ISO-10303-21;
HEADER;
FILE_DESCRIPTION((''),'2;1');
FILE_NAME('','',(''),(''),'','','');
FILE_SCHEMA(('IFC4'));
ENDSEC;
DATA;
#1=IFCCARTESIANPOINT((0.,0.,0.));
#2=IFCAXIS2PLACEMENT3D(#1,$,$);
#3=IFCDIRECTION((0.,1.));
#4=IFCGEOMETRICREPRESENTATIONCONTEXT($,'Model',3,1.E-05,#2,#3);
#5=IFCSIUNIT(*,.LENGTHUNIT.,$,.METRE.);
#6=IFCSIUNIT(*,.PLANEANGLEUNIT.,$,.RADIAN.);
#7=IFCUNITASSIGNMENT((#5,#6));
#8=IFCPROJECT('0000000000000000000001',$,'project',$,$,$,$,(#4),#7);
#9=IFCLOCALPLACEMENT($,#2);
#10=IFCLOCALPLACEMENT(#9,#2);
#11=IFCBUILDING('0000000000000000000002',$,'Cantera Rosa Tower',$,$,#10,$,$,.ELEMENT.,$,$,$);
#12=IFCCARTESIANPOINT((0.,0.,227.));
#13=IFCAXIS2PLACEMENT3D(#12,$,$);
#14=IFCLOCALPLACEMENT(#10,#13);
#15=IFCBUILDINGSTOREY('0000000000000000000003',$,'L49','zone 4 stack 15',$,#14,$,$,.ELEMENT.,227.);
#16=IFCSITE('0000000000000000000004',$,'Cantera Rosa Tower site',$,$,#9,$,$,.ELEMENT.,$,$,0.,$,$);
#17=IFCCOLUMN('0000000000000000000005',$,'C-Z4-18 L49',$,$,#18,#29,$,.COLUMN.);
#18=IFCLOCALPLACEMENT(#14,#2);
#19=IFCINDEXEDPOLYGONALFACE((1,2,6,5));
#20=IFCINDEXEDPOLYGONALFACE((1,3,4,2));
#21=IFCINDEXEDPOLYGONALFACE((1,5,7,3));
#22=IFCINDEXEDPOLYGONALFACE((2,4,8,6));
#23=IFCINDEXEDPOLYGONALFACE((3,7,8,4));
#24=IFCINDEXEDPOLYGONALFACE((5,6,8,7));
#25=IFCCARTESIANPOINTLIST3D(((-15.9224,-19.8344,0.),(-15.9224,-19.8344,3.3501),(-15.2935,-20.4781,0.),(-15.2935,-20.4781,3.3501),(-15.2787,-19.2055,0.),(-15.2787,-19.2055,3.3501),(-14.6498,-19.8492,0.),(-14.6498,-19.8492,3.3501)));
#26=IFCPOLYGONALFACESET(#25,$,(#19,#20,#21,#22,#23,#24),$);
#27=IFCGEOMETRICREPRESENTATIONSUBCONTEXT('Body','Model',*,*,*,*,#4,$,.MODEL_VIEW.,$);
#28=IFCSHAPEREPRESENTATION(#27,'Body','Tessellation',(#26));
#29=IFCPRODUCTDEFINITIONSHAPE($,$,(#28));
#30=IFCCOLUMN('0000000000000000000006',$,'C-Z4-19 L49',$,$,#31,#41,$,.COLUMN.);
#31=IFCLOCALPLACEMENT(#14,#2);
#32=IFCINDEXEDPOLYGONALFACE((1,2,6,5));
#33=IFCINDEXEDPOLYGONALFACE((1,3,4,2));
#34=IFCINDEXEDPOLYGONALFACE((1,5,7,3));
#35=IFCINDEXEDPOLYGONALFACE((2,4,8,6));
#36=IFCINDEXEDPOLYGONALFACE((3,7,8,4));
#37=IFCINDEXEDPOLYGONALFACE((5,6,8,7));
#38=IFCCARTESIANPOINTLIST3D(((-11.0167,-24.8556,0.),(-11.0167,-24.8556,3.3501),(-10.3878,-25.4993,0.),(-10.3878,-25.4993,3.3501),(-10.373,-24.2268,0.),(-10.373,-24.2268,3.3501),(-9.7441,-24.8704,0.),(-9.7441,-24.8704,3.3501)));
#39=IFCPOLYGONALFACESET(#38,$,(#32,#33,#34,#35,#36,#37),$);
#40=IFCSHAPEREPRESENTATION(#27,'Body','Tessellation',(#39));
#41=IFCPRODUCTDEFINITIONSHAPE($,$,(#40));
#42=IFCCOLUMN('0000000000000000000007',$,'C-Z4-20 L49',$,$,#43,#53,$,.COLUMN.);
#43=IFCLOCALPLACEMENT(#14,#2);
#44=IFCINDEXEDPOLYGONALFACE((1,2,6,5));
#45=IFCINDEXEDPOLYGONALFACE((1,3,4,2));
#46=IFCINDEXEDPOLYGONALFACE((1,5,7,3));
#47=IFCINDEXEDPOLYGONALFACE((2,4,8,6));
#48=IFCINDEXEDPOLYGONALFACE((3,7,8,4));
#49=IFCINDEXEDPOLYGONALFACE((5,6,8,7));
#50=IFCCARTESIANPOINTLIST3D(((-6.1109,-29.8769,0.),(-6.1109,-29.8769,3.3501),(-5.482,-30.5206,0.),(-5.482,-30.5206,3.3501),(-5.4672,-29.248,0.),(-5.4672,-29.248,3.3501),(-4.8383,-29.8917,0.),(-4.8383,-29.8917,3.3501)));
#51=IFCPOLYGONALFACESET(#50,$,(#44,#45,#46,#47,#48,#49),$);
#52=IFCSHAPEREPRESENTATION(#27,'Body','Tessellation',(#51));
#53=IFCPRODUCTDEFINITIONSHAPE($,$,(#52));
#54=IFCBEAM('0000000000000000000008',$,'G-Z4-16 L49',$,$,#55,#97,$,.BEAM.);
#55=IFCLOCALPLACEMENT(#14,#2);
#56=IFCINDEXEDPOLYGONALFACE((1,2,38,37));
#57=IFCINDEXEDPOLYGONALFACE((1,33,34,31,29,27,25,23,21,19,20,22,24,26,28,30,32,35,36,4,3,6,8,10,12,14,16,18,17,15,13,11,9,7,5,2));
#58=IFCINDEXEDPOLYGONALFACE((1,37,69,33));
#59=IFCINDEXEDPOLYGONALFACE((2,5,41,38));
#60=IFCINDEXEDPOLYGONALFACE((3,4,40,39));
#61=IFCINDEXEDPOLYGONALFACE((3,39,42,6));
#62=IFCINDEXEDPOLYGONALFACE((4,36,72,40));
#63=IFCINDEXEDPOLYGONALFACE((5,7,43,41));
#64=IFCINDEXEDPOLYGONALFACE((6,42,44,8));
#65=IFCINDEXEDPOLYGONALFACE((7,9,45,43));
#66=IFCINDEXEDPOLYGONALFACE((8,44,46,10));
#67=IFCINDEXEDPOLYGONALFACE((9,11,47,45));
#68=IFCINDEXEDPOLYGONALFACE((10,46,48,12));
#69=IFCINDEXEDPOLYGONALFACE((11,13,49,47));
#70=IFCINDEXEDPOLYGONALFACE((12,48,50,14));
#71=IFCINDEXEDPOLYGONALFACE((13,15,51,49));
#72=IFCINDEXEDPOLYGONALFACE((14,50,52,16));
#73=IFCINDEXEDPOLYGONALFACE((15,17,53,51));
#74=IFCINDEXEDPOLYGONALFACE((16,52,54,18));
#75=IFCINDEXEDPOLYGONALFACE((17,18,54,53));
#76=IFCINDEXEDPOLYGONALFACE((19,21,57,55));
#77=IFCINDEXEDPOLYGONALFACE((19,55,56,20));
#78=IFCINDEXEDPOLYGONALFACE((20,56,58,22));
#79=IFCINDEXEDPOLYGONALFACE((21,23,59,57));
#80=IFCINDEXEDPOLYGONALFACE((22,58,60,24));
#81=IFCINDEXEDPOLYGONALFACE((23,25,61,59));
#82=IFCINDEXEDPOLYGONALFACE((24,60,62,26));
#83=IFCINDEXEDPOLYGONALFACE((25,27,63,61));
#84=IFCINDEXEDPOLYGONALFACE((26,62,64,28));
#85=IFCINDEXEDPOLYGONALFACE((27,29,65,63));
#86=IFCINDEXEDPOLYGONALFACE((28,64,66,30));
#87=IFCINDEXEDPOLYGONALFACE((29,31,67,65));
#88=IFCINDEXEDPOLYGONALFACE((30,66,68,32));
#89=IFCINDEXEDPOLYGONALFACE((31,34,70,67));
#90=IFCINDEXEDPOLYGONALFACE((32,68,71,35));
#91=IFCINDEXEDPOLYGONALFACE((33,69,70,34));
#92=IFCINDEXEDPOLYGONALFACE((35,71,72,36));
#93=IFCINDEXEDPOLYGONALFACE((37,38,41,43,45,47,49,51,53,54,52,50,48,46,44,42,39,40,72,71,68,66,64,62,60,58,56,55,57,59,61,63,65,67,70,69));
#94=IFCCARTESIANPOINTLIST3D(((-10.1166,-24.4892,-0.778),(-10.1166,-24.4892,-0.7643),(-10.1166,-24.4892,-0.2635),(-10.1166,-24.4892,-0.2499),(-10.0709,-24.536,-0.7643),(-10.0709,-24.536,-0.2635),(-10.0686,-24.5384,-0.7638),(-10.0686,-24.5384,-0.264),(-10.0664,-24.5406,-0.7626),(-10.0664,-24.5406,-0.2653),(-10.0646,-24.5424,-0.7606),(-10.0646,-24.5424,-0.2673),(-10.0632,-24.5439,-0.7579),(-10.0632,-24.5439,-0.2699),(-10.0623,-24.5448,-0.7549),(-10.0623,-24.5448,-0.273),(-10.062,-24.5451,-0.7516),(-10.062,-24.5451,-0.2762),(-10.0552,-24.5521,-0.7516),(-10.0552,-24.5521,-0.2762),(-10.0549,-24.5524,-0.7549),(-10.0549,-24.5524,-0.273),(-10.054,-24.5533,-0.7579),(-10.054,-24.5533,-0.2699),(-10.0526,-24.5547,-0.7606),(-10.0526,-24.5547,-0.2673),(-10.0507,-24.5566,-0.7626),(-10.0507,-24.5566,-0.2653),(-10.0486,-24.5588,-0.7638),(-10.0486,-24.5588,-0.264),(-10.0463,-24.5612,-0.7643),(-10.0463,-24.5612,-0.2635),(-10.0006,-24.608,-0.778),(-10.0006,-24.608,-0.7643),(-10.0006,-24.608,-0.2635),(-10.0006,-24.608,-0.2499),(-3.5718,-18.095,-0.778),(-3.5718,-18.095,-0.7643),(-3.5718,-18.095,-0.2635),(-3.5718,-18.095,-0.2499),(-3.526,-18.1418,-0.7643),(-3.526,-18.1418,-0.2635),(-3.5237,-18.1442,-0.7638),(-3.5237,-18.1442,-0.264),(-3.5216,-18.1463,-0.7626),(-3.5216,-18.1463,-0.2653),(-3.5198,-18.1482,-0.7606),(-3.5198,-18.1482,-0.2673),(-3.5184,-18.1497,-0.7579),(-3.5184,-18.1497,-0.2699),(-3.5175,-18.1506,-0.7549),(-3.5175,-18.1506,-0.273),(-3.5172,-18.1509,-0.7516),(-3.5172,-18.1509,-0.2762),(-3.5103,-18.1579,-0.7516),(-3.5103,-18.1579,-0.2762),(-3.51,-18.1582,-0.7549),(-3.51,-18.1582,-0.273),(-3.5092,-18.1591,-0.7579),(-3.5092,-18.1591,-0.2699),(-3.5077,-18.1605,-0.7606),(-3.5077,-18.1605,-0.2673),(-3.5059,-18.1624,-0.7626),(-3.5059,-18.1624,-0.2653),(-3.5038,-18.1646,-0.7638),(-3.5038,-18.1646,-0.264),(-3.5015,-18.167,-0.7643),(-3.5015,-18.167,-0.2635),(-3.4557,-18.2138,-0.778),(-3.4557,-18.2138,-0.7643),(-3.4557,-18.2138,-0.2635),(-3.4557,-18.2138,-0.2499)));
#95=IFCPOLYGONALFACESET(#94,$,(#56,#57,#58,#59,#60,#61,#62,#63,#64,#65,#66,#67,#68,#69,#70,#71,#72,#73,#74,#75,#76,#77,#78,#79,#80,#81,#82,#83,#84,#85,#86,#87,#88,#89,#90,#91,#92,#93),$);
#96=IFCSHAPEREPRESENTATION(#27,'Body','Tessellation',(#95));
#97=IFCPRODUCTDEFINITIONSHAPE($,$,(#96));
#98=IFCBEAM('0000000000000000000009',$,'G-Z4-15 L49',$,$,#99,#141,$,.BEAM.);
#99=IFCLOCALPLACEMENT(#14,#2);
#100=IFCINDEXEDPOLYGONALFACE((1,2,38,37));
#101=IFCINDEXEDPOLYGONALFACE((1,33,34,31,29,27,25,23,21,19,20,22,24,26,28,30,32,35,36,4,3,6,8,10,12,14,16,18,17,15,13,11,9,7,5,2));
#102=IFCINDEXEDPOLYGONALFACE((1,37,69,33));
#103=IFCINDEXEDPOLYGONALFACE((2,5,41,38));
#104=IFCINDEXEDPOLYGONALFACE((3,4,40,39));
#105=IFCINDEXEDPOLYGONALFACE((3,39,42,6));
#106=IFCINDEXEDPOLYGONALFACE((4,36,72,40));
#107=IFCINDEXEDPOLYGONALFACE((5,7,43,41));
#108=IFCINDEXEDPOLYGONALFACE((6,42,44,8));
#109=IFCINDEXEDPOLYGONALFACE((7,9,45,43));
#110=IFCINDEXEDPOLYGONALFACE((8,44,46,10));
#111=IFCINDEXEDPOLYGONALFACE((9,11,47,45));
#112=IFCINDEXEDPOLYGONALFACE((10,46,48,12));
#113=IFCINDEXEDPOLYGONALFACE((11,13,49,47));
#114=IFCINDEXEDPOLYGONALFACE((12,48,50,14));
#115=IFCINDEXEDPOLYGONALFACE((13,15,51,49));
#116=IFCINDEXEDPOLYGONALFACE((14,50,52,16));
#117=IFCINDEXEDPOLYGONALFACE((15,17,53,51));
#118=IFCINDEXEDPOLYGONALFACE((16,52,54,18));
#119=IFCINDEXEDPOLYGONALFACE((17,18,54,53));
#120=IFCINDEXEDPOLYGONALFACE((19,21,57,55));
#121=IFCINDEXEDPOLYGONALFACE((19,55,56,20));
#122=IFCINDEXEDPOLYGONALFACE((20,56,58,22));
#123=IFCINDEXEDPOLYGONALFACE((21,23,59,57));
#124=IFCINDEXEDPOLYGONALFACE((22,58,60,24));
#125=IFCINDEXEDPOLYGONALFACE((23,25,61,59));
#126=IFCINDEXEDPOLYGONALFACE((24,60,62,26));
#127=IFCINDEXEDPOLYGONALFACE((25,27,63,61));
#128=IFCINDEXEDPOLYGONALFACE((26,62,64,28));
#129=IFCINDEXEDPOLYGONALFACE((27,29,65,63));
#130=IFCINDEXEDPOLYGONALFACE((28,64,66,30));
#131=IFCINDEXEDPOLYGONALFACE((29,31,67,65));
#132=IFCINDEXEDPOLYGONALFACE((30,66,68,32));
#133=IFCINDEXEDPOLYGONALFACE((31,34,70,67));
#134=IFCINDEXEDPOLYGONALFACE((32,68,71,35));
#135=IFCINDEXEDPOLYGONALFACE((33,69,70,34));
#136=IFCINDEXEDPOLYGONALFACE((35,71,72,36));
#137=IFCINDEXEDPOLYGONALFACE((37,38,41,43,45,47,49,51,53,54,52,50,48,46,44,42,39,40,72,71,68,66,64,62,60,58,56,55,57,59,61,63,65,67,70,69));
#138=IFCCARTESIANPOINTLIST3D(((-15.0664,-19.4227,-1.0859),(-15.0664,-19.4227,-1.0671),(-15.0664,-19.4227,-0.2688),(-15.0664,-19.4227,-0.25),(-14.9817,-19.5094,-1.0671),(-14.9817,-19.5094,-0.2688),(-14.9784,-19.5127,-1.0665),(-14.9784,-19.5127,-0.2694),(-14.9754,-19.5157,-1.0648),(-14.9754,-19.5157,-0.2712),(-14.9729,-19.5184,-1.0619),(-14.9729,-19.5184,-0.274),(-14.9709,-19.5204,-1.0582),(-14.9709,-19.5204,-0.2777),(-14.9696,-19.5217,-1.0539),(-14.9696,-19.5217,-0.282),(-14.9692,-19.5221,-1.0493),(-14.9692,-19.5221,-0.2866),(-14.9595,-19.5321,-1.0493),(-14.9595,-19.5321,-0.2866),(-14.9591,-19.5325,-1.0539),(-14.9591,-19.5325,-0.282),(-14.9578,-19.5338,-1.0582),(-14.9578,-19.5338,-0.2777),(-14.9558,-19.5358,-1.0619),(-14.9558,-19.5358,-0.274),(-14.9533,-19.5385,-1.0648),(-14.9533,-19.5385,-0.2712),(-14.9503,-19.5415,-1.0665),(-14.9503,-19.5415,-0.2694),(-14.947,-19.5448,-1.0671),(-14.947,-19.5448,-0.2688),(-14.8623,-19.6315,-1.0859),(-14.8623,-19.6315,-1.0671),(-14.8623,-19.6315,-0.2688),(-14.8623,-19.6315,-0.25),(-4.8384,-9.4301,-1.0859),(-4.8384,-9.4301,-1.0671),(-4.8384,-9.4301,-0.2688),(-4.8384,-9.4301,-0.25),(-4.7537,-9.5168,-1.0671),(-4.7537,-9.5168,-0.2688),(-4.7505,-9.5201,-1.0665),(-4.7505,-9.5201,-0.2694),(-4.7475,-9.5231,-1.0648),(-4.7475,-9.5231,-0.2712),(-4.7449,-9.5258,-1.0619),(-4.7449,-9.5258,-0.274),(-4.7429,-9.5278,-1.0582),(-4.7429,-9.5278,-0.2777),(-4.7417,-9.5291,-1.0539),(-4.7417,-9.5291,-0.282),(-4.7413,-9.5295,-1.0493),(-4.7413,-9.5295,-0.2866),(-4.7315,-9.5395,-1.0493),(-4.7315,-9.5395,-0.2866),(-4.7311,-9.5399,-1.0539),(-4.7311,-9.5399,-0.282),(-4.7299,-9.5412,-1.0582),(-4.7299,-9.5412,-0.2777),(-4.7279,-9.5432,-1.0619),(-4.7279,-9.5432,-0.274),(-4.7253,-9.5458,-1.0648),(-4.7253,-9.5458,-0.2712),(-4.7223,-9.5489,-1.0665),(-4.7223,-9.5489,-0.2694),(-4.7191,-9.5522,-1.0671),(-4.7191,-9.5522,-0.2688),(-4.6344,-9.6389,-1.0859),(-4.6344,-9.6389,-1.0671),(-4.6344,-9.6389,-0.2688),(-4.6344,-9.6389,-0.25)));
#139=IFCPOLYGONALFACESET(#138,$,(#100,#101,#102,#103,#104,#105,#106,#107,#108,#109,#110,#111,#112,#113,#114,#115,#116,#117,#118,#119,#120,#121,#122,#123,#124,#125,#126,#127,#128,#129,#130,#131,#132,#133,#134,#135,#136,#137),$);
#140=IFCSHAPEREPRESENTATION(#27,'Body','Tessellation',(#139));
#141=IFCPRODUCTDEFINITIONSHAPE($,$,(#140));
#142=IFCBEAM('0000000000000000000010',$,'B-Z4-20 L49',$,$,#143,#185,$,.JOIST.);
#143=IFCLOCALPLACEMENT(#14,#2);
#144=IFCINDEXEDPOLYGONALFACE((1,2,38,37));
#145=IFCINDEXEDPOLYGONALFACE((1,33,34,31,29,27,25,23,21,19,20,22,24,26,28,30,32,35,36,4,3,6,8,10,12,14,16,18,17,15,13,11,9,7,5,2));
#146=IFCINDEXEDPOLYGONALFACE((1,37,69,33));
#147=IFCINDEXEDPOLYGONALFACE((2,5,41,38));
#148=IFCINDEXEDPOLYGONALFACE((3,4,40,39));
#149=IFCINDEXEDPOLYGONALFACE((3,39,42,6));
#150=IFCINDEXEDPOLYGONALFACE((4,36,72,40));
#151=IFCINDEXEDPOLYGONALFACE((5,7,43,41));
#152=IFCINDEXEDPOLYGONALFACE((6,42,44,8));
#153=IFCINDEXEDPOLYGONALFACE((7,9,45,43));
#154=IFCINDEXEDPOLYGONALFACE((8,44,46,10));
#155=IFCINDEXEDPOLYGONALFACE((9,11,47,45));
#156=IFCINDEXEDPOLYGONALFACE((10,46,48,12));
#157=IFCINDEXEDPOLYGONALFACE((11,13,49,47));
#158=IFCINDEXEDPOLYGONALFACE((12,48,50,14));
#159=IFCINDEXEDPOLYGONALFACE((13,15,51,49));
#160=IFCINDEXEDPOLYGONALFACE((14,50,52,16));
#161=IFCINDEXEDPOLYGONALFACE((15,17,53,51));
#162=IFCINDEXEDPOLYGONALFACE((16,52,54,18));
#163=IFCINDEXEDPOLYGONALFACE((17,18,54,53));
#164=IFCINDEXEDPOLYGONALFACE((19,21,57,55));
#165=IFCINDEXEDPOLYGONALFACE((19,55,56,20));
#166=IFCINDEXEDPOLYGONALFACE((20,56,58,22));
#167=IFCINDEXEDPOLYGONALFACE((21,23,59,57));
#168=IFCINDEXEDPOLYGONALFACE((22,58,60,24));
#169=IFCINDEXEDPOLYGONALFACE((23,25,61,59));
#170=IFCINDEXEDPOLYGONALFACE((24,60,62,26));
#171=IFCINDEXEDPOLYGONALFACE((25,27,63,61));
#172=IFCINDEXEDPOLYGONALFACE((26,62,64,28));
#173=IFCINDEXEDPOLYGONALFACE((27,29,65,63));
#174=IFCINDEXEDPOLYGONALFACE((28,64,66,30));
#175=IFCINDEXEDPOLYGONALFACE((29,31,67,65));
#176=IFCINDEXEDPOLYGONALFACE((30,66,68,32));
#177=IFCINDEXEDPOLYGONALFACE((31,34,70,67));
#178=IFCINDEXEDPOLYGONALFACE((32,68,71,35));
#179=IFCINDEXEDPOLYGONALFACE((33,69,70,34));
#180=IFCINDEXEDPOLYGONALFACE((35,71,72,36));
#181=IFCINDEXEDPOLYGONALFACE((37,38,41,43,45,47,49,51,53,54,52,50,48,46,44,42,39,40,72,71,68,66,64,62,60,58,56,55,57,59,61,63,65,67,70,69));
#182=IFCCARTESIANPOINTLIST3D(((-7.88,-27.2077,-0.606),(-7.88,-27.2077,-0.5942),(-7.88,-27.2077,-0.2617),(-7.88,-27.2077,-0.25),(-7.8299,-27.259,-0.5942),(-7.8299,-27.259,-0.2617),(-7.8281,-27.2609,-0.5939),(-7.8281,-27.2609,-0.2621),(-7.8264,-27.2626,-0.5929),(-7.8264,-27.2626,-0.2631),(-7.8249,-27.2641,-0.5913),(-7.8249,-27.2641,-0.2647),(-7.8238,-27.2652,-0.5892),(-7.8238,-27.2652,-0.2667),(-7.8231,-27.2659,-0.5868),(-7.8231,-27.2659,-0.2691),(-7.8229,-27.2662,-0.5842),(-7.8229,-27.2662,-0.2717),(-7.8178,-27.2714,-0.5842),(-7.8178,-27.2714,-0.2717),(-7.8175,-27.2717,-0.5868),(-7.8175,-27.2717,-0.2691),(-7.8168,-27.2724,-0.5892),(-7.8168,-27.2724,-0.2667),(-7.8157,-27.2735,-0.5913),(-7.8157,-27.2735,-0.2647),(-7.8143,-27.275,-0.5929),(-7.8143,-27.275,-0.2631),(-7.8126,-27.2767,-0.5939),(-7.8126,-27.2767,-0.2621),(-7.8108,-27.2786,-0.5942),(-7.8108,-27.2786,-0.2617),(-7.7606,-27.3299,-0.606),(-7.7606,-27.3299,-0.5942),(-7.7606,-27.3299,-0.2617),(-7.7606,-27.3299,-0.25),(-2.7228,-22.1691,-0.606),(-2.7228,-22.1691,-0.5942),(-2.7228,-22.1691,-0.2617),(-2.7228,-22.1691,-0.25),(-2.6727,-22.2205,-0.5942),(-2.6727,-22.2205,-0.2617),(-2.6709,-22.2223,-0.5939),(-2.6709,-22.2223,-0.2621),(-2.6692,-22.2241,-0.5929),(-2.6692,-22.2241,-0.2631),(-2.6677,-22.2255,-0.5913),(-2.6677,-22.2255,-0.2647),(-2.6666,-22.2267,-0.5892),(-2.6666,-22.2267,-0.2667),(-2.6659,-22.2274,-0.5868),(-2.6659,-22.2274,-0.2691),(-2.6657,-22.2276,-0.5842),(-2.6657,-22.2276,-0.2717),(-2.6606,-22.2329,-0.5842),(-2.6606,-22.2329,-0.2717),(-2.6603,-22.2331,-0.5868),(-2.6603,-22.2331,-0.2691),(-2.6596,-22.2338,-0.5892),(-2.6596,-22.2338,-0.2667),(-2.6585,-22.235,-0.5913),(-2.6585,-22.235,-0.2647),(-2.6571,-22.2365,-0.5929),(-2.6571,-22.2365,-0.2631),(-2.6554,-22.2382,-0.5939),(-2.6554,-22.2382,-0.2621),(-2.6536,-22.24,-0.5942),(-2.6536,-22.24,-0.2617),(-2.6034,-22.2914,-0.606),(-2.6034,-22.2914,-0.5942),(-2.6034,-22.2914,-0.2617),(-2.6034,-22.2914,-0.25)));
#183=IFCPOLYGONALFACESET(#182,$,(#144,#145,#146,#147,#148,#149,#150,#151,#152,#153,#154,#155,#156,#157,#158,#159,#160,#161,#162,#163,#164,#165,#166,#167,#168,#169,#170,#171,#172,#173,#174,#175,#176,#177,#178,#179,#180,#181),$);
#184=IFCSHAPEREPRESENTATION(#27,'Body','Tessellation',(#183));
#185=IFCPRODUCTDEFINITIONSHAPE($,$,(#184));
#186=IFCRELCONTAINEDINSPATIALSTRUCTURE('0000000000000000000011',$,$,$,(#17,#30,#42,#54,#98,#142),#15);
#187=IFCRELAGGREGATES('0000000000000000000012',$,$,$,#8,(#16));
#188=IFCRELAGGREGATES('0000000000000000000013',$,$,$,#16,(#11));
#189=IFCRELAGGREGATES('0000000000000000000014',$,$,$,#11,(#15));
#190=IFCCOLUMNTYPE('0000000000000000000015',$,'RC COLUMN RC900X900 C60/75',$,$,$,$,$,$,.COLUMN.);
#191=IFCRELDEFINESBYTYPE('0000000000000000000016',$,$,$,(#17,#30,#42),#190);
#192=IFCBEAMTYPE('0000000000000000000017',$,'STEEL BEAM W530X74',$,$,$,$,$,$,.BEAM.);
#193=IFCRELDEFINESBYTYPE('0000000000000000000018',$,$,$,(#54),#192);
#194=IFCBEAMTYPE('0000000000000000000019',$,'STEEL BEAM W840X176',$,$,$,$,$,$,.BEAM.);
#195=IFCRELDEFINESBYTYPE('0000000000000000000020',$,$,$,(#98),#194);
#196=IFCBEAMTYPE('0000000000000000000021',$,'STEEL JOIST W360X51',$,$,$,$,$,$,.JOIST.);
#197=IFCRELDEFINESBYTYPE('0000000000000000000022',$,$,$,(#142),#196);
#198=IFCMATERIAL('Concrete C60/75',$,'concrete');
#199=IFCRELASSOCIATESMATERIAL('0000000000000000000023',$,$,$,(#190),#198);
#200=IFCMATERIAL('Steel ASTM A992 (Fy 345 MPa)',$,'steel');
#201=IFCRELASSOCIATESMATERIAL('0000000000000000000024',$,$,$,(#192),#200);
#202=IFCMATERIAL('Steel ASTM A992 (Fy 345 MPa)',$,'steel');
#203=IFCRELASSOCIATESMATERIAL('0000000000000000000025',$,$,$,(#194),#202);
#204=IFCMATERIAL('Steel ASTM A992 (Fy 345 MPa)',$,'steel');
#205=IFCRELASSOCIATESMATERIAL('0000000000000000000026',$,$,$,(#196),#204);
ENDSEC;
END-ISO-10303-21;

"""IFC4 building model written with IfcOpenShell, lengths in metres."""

from ifc_helpers import new_model, si_unit, direction, frame, origin, origin_2d, place, context, subcontext, project, spatial, rectangle, i_section, extrude, material, material_profile, profile_set, type_object, element, save


model = new_model("IFC4")

# Units and contexts
model_context = context("Model", 3, precision=1e-05, world=origin(), true_north=direction((0.0, 1.0)))
body_context = subcontext(model_context, "Body", "Model", "MODEL_VIEW")
ifc_project = project(units=[si_unit("LENGTHUNIT", "METRE"), si_unit("PLANEANGLEUNIT", "RADIAN")], contexts=[model_context])

# Site, building, storey
site_placement = place(None, origin())
site = spatial("IfcSite", under=ifc_project, at=site_placement, Name="Cantera Rosa Tower site", CompositionType="ELEMENT", RefElevation=0.0)
building_placement = place(site_placement, origin())
building = spatial("IfcBuilding", under=site, at=building_placement, Name="Cantera Rosa Tower", CompositionType="ELEMENT")
storey_placement = place(building_placement, frame((0.0, 0.0, 227.0)))
storey = spatial("IfcBuildingStorey", under=building, at=storey_placement, Name="L49", Description="zone 4 stack 15", CompositionType="ELEMENT", Elevation=227.0)

# Columns
ifc_material_1 = material(Name="Concrete C60/75", Category="concrete")
ifc_material_profile_1 = material_profile(ifc_material_1, rectangle(XDim=0.8999, YDim=0.8999, at=origin_2d()), Name="RC COLUMN RC900X900 C60/75")
ifc_profile_set_1 = profile_set([ifc_material_profile_1], Name="Concrete C60/75")
column_type = type_object("IfcColumnType", Name="RC COLUMN RC900X900 C60/75", PredefinedType="COLUMN", material=ifc_profile_set_1)
for number, where, z_axis, x_axis, name in (
    (1, (-15.2861, -19.8418, 0.0), (0.0, 0.0, 1.0), (0.715286, 0.698832, 0.0), "C-Z4-18 L49"),
    (2, (-10.3804, -24.863, 0.0), (0.0, 0.0, 1.0), (0.715286, 0.698832, 0.0), "C-Z4-19 L49"),
    (3, (-5.4746, -29.8843, 0.0), (0.0, 0.0, 1.0), (0.715286, 0.698832, 0.0), "C-Z4-20 L49"),
):
    element("IfcColumn", number, at=place(storey_placement, frame(where, z_axis=z_axis, x_axis=x_axis)), inside=storey, type_object=column_type, Name=name, PredefinedType="COLUMN", context=body_context, shape_type="SweptSolid", body=[
        extrude(rectangle(XDim=0.8999, YDim=0.8999, at=origin_2d()), origin(), (0.0, 0.0, 1.0), 3.3501),
    ])

# Beams
ifc_material_2 = material(Name="Steel ASTM A992 (Fy 345 MPa)", Category="steel")
ifc_material_profile_2 = material_profile(ifc_material_2, i_section(OverallWidth=0.166, OverallDepth=0.5281, WebThickness=0.0098, FlangeThickness=0.0137, FilletRadius=0.0127, at=origin_2d()), Name="W530X74")
ifc_profile_set_2 = profile_set([ifc_material_profile_2], Name="Steel ASTM A992 (Fy 345 MPa)")
beam_type_1 = type_object("IfcBeamType", Name="STEEL BEAM W530X74", PredefinedType="BEAM", material=ifc_profile_set_2)
beam_1_placement = place(storey_placement, frame((-10.0586, -24.5486, -0.5139), z_axis=(0.71529, 0.698827, 0.0), x_axis=(-0.698827, 0.71529, 0.0)))
element("IfcBeam", 4, at=beam_1_placement, inside=storey, type_object=beam_type_1, Name="G-Z4-16 L49", PredefinedType="BEAM", context=body_context, shape_type="SweptSolid", body=[
    extrude(i_section(OverallWidth=0.166, OverallDepth=0.5281, WebThickness=0.0098, FlangeThickness=0.0137, FilletRadius=0.0127, at=origin_2d()), origin(), (0.0, 0.0, 1.0), 9.1499),
])
ifc_material_3 = material(Name="Steel ASTM A992 (Fy 345 MPa)", Category="steel")
ifc_material_profile_3 = material_profile(ifc_material_3, i_section(OverallWidth=0.292, OverallDepth=0.8359, WebThickness=0.0139, FlangeThickness=0.0188, FilletRadius=0.0178, at=origin_2d()), Name="W840X176")
ifc_profile_set_3 = profile_set([ifc_material_profile_3], Name="Steel ASTM A992 (Fy 345 MPa)")
beam_type_2 = type_object("IfcBeamType", Name="STEEL BEAM W840X176", PredefinedType="BEAM", material=ifc_profile_set_3)
beam_2_placement = place(storey_placement, frame((-14.9644, -19.5271, -0.668), z_axis=(0.715288, 0.698829, 0.0), x_axis=(-0.698829, 0.715288, 0.0)))
element("IfcBeam", 5, at=beam_2_placement, inside=storey, type_object=beam_type_2, Name="G-Z4-15 L49", PredefinedType="BEAM", context=body_context, shape_type="SweptSolid", body=[
    extrude(i_section(OverallWidth=0.292, OverallDepth=0.8359, WebThickness=0.0139, FlangeThickness=0.0188, FilletRadius=0.0178, at=origin_2d()), origin(), (0.0, 0.0, 1.0), 14.2991),
])
ifc_material_4 = material(Name="Steel ASTM A992 (Fy 345 MPa)", Category="steel")
ifc_material_profile_4 = material_profile(ifc_material_4, i_section(OverallWidth=0.1709, OverallDepth=0.356, WebThickness=0.0073, FlangeThickness=0.0117, FilletRadius=0.01, at=origin_2d()), Name="W360X51")
ifc_profile_set_4 = profile_set([ifc_material_profile_4], Name="Steel ASTM A992 (Fy 345 MPa)")
beam_type_3 = type_object("IfcBeamType", Name="STEEL JOIST W360X51", PredefinedType="JOIST", material=ifc_profile_set_4)
beam_3_placement = place(storey_placement, frame((-7.8203, -27.2688, -0.428), z_axis=(0.715287, 0.698831, 0.0), x_axis=(-0.698831, 0.715287, 0.0)))
element("IfcBeam", 6, at=beam_3_placement, inside=storey, type_object=beam_type_3, Name="B-Z4-20 L49", PredefinedType="JOIST", context=body_context, shape_type="SweptSolid", body=[
    extrude(i_section(OverallWidth=0.1709, OverallDepth=0.356, WebThickness=0.0073, FlangeThickness=0.0117, FilletRadius=0.01, at=origin_2d()), origin(), (0.0, 0.0, 1.0), 7.21),
])

save(model, "model.ifc")
